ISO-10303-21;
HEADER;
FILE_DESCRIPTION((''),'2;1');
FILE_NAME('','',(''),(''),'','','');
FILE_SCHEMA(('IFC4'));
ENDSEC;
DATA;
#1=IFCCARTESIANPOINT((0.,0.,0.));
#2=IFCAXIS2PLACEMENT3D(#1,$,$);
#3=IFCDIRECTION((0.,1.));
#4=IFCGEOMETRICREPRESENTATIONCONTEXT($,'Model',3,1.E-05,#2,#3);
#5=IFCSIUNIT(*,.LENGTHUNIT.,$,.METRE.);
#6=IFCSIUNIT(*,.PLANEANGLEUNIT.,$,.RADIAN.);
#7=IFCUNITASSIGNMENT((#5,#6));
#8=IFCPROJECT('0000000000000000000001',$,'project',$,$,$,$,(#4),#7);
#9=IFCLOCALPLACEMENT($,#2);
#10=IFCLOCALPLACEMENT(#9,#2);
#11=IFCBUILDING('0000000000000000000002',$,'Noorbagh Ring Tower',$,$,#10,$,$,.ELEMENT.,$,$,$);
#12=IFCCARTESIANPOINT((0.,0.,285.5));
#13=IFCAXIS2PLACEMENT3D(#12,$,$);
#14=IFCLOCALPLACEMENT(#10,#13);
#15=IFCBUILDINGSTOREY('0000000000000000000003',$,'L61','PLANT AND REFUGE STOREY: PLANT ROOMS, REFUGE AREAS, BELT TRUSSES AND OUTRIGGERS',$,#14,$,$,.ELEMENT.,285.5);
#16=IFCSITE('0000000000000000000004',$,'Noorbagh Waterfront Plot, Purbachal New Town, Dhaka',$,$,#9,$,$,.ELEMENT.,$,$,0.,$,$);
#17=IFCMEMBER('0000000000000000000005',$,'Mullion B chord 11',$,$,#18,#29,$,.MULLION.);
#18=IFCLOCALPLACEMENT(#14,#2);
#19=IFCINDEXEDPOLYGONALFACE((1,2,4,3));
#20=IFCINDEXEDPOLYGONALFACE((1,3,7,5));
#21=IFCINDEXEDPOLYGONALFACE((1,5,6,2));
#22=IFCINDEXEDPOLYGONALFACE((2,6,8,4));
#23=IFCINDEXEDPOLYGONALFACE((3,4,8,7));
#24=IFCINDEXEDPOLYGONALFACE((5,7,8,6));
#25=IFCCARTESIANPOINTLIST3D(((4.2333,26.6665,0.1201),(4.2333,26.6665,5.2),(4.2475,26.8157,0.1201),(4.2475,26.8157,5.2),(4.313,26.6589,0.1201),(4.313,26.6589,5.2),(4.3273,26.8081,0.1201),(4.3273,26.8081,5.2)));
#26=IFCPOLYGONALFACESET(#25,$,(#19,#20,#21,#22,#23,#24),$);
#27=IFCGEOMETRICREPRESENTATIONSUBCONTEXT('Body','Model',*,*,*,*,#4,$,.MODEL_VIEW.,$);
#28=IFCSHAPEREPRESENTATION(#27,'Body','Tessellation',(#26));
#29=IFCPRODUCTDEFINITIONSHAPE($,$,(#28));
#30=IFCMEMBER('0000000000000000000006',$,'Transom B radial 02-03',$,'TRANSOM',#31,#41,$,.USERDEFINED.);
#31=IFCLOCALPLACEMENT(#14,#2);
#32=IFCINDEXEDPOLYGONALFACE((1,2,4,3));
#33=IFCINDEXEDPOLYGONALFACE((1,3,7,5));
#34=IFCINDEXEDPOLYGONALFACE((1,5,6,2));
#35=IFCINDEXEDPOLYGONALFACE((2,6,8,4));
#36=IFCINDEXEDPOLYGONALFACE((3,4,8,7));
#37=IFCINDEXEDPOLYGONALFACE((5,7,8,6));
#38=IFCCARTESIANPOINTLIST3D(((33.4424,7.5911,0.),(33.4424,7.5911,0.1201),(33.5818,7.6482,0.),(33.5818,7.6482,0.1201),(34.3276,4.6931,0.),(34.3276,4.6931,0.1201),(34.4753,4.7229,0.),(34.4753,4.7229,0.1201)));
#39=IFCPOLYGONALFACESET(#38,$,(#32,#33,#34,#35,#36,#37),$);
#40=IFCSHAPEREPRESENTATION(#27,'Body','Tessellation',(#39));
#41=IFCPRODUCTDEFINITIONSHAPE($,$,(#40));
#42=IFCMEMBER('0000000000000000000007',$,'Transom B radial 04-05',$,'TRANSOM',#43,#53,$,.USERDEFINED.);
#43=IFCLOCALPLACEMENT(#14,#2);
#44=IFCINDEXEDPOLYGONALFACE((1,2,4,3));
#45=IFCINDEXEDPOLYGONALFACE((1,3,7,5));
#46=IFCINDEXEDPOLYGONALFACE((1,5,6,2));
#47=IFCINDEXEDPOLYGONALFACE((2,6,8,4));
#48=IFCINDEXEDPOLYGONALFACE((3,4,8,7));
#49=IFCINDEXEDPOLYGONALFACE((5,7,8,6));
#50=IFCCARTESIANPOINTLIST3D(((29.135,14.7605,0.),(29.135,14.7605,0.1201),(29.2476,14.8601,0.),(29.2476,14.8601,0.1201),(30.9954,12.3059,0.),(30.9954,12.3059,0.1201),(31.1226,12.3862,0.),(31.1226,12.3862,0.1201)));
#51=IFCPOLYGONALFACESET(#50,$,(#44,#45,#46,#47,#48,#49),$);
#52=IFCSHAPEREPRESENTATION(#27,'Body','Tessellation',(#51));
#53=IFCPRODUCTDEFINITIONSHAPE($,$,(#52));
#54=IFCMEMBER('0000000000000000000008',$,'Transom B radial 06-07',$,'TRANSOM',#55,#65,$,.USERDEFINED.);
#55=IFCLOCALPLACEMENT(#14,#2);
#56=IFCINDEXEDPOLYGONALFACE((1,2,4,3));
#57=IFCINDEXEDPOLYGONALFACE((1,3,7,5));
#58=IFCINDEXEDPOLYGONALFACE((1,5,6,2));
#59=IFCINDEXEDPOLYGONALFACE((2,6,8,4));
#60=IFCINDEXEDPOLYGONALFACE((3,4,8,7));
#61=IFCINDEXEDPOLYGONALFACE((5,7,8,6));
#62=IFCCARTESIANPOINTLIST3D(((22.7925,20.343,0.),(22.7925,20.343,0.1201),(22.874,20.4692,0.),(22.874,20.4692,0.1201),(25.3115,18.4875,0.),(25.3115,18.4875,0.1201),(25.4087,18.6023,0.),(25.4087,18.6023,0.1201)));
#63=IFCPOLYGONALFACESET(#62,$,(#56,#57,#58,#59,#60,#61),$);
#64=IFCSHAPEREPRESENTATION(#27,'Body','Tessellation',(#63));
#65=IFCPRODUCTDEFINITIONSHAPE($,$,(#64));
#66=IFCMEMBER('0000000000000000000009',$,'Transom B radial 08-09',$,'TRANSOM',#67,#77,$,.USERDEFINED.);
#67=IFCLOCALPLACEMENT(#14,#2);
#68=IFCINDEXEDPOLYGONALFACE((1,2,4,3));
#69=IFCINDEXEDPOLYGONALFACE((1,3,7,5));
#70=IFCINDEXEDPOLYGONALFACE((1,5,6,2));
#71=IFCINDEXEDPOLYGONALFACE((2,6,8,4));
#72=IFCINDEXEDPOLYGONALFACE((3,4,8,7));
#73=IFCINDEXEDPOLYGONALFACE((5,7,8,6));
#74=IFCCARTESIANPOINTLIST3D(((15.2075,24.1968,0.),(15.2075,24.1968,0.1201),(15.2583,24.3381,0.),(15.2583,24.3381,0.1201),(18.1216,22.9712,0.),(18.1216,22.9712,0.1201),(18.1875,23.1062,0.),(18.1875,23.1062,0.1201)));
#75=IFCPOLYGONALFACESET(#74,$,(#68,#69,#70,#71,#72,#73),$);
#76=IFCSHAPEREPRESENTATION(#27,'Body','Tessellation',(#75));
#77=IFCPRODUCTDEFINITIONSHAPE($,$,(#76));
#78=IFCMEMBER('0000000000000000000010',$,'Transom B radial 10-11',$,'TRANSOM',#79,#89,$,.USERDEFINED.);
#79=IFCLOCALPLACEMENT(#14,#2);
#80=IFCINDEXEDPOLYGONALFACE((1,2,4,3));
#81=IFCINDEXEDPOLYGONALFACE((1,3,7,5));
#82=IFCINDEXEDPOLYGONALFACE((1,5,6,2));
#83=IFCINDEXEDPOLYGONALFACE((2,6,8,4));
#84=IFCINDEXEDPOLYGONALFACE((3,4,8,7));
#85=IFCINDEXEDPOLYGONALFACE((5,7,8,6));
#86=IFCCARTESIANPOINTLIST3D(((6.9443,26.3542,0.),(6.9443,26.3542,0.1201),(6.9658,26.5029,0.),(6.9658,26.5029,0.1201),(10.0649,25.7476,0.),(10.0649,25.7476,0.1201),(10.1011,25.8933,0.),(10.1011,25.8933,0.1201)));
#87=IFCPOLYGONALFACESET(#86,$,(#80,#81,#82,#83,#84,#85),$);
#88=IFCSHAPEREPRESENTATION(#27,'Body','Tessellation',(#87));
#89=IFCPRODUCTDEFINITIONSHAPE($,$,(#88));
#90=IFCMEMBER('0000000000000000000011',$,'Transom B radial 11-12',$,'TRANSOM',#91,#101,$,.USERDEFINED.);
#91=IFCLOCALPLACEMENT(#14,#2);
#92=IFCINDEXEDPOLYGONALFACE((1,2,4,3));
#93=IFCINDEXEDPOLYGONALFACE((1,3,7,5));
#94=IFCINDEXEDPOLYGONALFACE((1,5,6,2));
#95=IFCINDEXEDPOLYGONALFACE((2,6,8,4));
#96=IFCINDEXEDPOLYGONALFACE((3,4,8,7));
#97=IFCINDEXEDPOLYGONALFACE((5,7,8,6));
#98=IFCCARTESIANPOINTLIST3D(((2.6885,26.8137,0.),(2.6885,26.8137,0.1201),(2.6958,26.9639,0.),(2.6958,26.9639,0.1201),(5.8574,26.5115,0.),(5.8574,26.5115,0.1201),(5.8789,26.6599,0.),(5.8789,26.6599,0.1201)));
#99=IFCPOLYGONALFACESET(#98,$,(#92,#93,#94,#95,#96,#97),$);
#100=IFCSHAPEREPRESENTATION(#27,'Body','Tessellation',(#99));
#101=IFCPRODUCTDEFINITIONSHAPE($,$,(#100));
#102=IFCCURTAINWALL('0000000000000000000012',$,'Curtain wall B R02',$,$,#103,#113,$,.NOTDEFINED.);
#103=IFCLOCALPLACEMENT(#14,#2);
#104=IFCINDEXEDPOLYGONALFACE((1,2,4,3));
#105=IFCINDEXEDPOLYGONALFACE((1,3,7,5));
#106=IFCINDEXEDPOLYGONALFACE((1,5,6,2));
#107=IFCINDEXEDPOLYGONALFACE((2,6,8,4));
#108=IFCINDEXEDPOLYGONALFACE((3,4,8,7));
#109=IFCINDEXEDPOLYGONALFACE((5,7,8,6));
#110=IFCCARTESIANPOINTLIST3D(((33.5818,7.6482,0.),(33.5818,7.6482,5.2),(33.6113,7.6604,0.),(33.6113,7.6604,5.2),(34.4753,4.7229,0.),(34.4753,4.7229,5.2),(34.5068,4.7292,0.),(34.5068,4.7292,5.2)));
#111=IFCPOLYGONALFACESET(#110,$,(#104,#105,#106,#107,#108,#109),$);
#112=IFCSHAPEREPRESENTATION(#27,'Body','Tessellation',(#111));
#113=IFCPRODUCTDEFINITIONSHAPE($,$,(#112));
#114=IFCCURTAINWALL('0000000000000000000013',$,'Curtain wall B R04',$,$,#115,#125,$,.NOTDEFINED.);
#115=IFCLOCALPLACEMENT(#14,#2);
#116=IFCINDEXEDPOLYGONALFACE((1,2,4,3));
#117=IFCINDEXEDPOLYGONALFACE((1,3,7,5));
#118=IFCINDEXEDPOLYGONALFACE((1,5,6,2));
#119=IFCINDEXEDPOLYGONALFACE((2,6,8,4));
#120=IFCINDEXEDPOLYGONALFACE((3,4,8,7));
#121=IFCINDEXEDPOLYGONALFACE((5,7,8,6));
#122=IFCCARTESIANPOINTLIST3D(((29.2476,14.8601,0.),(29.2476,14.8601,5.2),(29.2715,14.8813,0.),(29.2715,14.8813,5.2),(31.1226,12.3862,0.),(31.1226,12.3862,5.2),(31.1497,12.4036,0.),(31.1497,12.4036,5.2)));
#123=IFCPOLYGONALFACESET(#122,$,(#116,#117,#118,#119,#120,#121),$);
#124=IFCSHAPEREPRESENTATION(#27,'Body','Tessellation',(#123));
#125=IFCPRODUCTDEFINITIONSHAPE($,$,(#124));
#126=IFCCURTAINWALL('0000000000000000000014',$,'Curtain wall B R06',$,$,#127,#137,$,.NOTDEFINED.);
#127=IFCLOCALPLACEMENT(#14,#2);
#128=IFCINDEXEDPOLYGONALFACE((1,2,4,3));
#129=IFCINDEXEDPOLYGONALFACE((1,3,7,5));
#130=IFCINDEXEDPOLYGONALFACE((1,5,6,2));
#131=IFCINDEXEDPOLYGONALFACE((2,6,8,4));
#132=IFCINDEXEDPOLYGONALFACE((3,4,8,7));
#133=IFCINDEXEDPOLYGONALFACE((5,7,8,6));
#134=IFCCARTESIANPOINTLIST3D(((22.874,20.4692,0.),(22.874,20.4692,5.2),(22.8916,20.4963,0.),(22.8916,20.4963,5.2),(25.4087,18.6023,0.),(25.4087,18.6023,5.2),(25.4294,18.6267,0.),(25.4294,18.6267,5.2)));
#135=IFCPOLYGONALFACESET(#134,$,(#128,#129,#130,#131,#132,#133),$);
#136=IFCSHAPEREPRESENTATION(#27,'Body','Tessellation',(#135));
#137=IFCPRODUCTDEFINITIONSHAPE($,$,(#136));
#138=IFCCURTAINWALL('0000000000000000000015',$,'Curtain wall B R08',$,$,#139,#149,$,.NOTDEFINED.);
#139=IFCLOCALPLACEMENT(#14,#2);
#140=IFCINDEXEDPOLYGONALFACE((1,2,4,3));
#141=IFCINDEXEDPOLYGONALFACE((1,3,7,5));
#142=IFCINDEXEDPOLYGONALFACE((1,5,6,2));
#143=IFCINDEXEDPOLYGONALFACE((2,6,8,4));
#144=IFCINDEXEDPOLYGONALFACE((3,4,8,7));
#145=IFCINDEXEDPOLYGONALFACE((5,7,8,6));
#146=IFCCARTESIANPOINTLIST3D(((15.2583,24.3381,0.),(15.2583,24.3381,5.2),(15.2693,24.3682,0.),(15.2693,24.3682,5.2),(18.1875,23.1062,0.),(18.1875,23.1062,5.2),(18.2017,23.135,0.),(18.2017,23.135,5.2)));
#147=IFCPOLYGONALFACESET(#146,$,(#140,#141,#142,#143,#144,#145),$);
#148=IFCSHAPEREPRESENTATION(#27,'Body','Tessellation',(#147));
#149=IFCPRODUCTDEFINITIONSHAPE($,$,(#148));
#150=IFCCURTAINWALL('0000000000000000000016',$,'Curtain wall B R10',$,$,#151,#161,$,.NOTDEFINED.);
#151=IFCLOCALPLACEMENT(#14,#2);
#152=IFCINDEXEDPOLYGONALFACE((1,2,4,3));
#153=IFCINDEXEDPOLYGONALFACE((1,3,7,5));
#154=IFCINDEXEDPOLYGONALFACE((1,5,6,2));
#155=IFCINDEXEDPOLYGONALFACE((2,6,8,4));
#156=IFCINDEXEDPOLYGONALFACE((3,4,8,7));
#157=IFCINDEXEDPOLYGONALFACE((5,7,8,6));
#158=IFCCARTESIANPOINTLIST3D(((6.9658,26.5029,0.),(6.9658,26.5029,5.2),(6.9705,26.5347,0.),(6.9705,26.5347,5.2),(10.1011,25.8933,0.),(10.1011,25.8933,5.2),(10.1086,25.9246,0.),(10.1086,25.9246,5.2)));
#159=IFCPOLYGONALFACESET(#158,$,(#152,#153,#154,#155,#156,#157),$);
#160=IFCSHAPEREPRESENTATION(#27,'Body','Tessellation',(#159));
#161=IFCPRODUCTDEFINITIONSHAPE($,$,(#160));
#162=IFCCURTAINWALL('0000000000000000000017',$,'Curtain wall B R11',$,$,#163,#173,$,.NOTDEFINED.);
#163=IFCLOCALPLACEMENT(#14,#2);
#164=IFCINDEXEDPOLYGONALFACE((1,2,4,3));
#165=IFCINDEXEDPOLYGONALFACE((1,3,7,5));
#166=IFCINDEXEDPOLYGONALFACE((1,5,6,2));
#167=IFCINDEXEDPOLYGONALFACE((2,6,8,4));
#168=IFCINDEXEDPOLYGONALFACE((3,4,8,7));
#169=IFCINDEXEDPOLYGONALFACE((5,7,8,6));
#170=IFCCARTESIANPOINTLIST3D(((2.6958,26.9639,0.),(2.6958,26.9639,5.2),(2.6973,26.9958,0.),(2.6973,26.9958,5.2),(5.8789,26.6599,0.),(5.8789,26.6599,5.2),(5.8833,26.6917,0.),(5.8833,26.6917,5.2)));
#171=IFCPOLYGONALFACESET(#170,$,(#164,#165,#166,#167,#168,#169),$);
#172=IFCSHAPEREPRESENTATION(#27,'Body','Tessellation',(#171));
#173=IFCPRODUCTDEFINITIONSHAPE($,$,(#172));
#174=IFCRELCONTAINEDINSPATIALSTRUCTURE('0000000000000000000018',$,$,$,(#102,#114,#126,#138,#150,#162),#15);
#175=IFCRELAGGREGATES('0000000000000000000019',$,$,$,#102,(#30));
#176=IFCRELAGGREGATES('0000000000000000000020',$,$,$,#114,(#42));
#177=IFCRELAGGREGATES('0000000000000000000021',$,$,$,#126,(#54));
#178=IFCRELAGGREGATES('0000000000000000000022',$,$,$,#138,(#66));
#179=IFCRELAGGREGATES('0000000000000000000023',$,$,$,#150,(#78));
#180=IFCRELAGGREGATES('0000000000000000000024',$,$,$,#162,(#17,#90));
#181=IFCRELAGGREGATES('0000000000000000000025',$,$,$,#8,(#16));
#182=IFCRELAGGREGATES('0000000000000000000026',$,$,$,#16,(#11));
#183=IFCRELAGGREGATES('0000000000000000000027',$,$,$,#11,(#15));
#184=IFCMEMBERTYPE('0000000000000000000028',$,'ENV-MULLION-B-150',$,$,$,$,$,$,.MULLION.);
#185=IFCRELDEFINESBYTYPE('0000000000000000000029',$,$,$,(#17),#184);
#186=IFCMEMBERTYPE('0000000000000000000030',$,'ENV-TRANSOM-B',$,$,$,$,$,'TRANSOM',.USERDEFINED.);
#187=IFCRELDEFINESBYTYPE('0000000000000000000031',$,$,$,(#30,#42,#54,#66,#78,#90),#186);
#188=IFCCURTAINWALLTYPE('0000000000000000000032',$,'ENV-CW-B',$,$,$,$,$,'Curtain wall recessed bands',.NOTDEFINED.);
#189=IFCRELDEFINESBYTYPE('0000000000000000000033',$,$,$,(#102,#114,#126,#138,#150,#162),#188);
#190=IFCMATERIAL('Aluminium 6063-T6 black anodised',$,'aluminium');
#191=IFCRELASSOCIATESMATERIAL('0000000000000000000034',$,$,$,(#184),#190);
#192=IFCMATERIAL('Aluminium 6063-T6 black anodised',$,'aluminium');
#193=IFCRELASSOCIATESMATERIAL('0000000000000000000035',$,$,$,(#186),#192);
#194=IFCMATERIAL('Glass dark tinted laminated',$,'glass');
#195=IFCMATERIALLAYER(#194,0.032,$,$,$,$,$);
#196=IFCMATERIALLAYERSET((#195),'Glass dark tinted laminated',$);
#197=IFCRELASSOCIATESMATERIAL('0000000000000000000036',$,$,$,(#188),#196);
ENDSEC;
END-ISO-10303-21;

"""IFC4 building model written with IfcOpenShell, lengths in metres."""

from ifc_helpers import new_model, si_unit, direction, frame, origin, origin_2d, place, context, subcontext, project, spatial, polyline, rectangle, outline, extrude, material, layer, layer_set, material_profile, profile_set, type_object, element, aggregate, save


model = new_model("IFC4")

# Units and contexts
model_context = context("Model", 3, precision=1e-05, world=origin(), true_north=direction((0.0, 1.0)))
body_context = subcontext(model_context, "Body", "Model", "MODEL_VIEW")
ifc_project = project(units=[si_unit("LENGTHUNIT", "METRE"), si_unit("PLANEANGLEUNIT", "RADIAN")], contexts=[model_context])

# Members
ifc_material_1 = material(Name="Aluminium 6063-T6 black anodised", Category="aluminium")
ifc_material_profile = material_profile(ifc_material_1, rectangle(XDim=0.1499, YDim=0.0801, at=origin_2d()), Name="150x80")
ifc_profile_set = profile_set([ifc_material_profile], Name="Aluminium 6063-T6 black anodised")
member_type_1 = type_object("IfcMemberType", Name="ENV-MULLION-B-150", PredefinedType="MULLION", material=ifc_profile_set)
site_placement = place(None, origin())
building_placement = place(site_placement, origin())
storey_placement = place(building_placement, frame((0.0, 0.0, 285.5)))
member_1_placement = place(storey_placement, frame((4.2803, 26.7373, 0.1201), z_axis=(0.0, 0.0, 1.0), x_axis=(-0.095008, -0.995476, 0.0)))
member_1 = element("IfcMember", 1, at=member_1_placement, type_object=member_type_1, Name="Mullion B chord 11", PredefinedType="MULLION", context=body_context, shape_type="SweptSolid", body=[
    extrude(rectangle(XDim=0.1499, YDim=0.0801, at=origin_2d()), origin(), (0.0, 0.0, 1.0), 5.0798),
])
ifc_material_2 = material(Name="Aluminium 6063-T6 black anodised", Category="aluminium")
member_type_2 = type_object("IfcMemberType", Name="ENV-TRANSOM-B", ElementType="TRANSOM", PredefinedType="USERDEFINED", material=ifc_material_2)
member_2_placement = place(storey_placement, origin())
member_2 = element("IfcMember", 2, at=member_2_placement, type_object=member_type_2, Name="Transom B radial 02-03", ObjectType="TRANSOM", PredefinedType="USERDEFINED", context=body_context, shape_type="SweptSolid", body=[
    extrude(outline(polyline([(34.4753, 4.7229), (33.5818, 7.6482), (33.4424, 7.5911), (34.3276, 4.6931), (34.4753, 4.7229)])), origin(), (0.0, 0.0, 1.0), 0.1201),
])
member_3_placement = place(storey_placement, origin())
member_3 = element("IfcMember", 3, at=member_3_placement, type_object=member_type_2, Name="Transom B radial 04-05", ObjectType="TRANSOM", PredefinedType="USERDEFINED", context=body_context, shape_type="SweptSolid", body=[
    extrude(outline(polyline([(31.1226, 12.3862), (29.2476, 14.8601), (29.135, 14.7605), (30.9954, 12.3059), (31.1226, 12.3862)])), origin(), (0.0, 0.0, 1.0), 0.1201),
])
member_4_placement = place(storey_placement, origin())
member_4 = element("IfcMember", 4, at=member_4_placement, type_object=member_type_2, Name="Transom B radial 06-07", ObjectType="TRANSOM", PredefinedType="USERDEFINED", context=body_context, shape_type="SweptSolid", body=[
    extrude(outline(polyline([(25.4087, 18.6023), (22.874, 20.4692), (22.7925, 20.343), (25.3115, 18.4875), (25.4087, 18.6023)])), origin(), (0.0, 0.0, 1.0), 0.1201),
])
member_5_placement = place(storey_placement, origin())
member_5 = element("IfcMember", 5, at=member_5_placement, type_object=member_type_2, Name="Transom B radial 08-09", ObjectType="TRANSOM", PredefinedType="USERDEFINED", context=body_context, shape_type="SweptSolid", body=[
    extrude(outline(polyline([(18.1875, 23.1062), (15.2583, 24.3381), (15.2075, 24.1968), (18.1216, 22.9712), (18.1875, 23.1062)])), origin(), (0.0, 0.0, 1.0), 0.1201),
])
member_6_placement = place(storey_placement, origin())
member_6 = element("IfcMember", 6, at=member_6_placement, type_object=member_type_2, Name="Transom B radial 10-11", ObjectType="TRANSOM", PredefinedType="USERDEFINED", context=body_context, shape_type="SweptSolid", body=[
    extrude(outline(polyline([(10.1011, 25.8933), (6.9658, 26.5029), (6.9443, 26.3542), (10.0649, 25.7476), (10.1011, 25.8933)])), origin(), (0.0, 0.0, 1.0), 0.1201),
])
member_7_placement = place(storey_placement, origin())
member_7 = element("IfcMember", 7, at=member_7_placement, type_object=member_type_2, Name="Transom B radial 11-12", ObjectType="TRANSOM", PredefinedType="USERDEFINED", context=body_context, shape_type="SweptSolid", body=[
    extrude(outline(polyline([(5.8789, 26.6599), (2.6958, 26.9639), (2.6885, 26.8137), (5.8574, 26.5115), (5.8789, 26.6599)])), origin(), (0.0, 0.0, 1.0), 0.1201),
])

# Site, building, storey
site = spatial("IfcSite", under=ifc_project, at=site_placement, Name="Noorbagh Waterfront Plot, Purbachal New Town, Dhaka", CompositionType="ELEMENT", RefElevation=0.0)
building = spatial("IfcBuilding", under=site, at=building_placement, Name="Noorbagh Ring Tower", CompositionType="ELEMENT")
storey = spatial("IfcBuildingStorey", under=building, at=storey_placement, Name="L61", Description="PLANT AND REFUGE STOREY: PLANT ROOMS, REFUGE AREAS, BELT TRUSSES AND OUTRIGGERS", CompositionType="ELEMENT", Elevation=285.5)

# Curtain walls
ifc_material_3 = material(Name="Glass dark tinted laminated", Category="glass")
ifc_layer = layer(ifc_material_3, 0.032)
ifc_layer_set = layer_set([ifc_layer], Name="Glass dark tinted laminated")
curtain_wall_type = type_object("IfcCurtainWallType", Name="ENV-CW-B", ElementType="Curtain wall recessed bands", PredefinedType="NOTDEFINED", material=ifc_layer_set)
curtain_wall_1_placement = place(storey_placement, origin())
curtain_wall_1 = element("IfcCurtainWall", 8, at=curtain_wall_1_placement, inside=storey, type_object=curtain_wall_type, Name="Curtain wall B R02", PredefinedType="NOTDEFINED", context=body_context, shape_type="SweptSolid", body=[
    extrude(outline(polyline([(34.5068, 4.7292), (33.6113, 7.6604), (33.5818, 7.6482), (34.4753, 4.7229), (34.5068, 4.7292)])), origin(), (0.0, 0.0, 1.0), 5.2),
])
aggregate(curtain_wall_1, [member_2])
curtain_wall_2_placement = place(storey_placement, origin())
curtain_wall_2 = element("IfcCurtainWall", 9, at=curtain_wall_2_placement, inside=storey, type_object=curtain_wall_type, Name="Curtain wall B R04", PredefinedType="NOTDEFINED", context=body_context, shape_type="SweptSolid", body=[
    extrude(outline(polyline([(31.1497, 12.4036), (29.2715, 14.8813), (29.2476, 14.8601), (31.1226, 12.3862), (31.1497, 12.4036)])), origin(), (0.0, 0.0, 1.0), 5.2),
])
aggregate(curtain_wall_2, [member_3])
curtain_wall_3_placement = place(storey_placement, origin())
curtain_wall_3 = element("IfcCurtainWall", 10, at=curtain_wall_3_placement, inside=storey, type_object=curtain_wall_type, Name="Curtain wall B R06", PredefinedType="NOTDEFINED", context=body_context, shape_type="SweptSolid", body=[
    extrude(outline(polyline([(25.4294, 18.6267), (22.8916, 20.4963), (22.874, 20.4692), (25.4087, 18.6023), (25.4294, 18.6267)])), origin(), (0.0, 0.0, 1.0), 5.2),
])
aggregate(curtain_wall_3, [member_4])
curtain_wall_4_placement = place(storey_placement, origin())
curtain_wall_4 = element("IfcCurtainWall", 11, at=curtain_wall_4_placement, inside=storey, type_object=curtain_wall_type, Name="Curtain wall B R08", PredefinedType="NOTDEFINED", context=body_context, shape_type="SweptSolid", body=[
    extrude(outline(polyline([(18.2017, 23.135), (15.2693, 24.3682), (15.2583, 24.3381), (18.1875, 23.1062), (18.2017, 23.135)])), origin(), (0.0, 0.0, 1.0), 5.2),
])
aggregate(curtain_wall_4, [member_5])
curtain_wall_5_placement = place(storey_placement, origin())
curtain_wall_5 = element("IfcCurtainWall", 12, at=curtain_wall_5_placement, inside=storey, type_object=curtain_wall_type, Name="Curtain wall B R10", PredefinedType="NOTDEFINED", context=body_context, shape_type="SweptSolid", body=[
    extrude(outline(polyline([(10.1086, 25.9246), (6.9705, 26.5347), (6.9658, 26.5029), (10.1011, 25.8933), (10.1086, 25.9246)])), origin(), (0.0, 0.0, 1.0), 5.2),
])
aggregate(curtain_wall_5, [member_6])
curtain_wall_6_placement = place(storey_placement, origin())
curtain_wall_6 = element("IfcCurtainWall", 13, at=curtain_wall_6_placement, inside=storey, type_object=curtain_wall_type, Name="Curtain wall B R11", PredefinedType="NOTDEFINED", context=body_context, shape_type="SweptSolid", body=[
    extrude(outline(polyline([(5.8833, 26.6917), (2.6973, 26.9958), (2.6958, 26.9639), (5.8789, 26.6599), (5.8833, 26.6917)])), origin(), (0.0, 0.0, 1.0), 5.2),
])
aggregate(curtain_wall_6, [member_1, member_7])

save(model, "model.ifc")
